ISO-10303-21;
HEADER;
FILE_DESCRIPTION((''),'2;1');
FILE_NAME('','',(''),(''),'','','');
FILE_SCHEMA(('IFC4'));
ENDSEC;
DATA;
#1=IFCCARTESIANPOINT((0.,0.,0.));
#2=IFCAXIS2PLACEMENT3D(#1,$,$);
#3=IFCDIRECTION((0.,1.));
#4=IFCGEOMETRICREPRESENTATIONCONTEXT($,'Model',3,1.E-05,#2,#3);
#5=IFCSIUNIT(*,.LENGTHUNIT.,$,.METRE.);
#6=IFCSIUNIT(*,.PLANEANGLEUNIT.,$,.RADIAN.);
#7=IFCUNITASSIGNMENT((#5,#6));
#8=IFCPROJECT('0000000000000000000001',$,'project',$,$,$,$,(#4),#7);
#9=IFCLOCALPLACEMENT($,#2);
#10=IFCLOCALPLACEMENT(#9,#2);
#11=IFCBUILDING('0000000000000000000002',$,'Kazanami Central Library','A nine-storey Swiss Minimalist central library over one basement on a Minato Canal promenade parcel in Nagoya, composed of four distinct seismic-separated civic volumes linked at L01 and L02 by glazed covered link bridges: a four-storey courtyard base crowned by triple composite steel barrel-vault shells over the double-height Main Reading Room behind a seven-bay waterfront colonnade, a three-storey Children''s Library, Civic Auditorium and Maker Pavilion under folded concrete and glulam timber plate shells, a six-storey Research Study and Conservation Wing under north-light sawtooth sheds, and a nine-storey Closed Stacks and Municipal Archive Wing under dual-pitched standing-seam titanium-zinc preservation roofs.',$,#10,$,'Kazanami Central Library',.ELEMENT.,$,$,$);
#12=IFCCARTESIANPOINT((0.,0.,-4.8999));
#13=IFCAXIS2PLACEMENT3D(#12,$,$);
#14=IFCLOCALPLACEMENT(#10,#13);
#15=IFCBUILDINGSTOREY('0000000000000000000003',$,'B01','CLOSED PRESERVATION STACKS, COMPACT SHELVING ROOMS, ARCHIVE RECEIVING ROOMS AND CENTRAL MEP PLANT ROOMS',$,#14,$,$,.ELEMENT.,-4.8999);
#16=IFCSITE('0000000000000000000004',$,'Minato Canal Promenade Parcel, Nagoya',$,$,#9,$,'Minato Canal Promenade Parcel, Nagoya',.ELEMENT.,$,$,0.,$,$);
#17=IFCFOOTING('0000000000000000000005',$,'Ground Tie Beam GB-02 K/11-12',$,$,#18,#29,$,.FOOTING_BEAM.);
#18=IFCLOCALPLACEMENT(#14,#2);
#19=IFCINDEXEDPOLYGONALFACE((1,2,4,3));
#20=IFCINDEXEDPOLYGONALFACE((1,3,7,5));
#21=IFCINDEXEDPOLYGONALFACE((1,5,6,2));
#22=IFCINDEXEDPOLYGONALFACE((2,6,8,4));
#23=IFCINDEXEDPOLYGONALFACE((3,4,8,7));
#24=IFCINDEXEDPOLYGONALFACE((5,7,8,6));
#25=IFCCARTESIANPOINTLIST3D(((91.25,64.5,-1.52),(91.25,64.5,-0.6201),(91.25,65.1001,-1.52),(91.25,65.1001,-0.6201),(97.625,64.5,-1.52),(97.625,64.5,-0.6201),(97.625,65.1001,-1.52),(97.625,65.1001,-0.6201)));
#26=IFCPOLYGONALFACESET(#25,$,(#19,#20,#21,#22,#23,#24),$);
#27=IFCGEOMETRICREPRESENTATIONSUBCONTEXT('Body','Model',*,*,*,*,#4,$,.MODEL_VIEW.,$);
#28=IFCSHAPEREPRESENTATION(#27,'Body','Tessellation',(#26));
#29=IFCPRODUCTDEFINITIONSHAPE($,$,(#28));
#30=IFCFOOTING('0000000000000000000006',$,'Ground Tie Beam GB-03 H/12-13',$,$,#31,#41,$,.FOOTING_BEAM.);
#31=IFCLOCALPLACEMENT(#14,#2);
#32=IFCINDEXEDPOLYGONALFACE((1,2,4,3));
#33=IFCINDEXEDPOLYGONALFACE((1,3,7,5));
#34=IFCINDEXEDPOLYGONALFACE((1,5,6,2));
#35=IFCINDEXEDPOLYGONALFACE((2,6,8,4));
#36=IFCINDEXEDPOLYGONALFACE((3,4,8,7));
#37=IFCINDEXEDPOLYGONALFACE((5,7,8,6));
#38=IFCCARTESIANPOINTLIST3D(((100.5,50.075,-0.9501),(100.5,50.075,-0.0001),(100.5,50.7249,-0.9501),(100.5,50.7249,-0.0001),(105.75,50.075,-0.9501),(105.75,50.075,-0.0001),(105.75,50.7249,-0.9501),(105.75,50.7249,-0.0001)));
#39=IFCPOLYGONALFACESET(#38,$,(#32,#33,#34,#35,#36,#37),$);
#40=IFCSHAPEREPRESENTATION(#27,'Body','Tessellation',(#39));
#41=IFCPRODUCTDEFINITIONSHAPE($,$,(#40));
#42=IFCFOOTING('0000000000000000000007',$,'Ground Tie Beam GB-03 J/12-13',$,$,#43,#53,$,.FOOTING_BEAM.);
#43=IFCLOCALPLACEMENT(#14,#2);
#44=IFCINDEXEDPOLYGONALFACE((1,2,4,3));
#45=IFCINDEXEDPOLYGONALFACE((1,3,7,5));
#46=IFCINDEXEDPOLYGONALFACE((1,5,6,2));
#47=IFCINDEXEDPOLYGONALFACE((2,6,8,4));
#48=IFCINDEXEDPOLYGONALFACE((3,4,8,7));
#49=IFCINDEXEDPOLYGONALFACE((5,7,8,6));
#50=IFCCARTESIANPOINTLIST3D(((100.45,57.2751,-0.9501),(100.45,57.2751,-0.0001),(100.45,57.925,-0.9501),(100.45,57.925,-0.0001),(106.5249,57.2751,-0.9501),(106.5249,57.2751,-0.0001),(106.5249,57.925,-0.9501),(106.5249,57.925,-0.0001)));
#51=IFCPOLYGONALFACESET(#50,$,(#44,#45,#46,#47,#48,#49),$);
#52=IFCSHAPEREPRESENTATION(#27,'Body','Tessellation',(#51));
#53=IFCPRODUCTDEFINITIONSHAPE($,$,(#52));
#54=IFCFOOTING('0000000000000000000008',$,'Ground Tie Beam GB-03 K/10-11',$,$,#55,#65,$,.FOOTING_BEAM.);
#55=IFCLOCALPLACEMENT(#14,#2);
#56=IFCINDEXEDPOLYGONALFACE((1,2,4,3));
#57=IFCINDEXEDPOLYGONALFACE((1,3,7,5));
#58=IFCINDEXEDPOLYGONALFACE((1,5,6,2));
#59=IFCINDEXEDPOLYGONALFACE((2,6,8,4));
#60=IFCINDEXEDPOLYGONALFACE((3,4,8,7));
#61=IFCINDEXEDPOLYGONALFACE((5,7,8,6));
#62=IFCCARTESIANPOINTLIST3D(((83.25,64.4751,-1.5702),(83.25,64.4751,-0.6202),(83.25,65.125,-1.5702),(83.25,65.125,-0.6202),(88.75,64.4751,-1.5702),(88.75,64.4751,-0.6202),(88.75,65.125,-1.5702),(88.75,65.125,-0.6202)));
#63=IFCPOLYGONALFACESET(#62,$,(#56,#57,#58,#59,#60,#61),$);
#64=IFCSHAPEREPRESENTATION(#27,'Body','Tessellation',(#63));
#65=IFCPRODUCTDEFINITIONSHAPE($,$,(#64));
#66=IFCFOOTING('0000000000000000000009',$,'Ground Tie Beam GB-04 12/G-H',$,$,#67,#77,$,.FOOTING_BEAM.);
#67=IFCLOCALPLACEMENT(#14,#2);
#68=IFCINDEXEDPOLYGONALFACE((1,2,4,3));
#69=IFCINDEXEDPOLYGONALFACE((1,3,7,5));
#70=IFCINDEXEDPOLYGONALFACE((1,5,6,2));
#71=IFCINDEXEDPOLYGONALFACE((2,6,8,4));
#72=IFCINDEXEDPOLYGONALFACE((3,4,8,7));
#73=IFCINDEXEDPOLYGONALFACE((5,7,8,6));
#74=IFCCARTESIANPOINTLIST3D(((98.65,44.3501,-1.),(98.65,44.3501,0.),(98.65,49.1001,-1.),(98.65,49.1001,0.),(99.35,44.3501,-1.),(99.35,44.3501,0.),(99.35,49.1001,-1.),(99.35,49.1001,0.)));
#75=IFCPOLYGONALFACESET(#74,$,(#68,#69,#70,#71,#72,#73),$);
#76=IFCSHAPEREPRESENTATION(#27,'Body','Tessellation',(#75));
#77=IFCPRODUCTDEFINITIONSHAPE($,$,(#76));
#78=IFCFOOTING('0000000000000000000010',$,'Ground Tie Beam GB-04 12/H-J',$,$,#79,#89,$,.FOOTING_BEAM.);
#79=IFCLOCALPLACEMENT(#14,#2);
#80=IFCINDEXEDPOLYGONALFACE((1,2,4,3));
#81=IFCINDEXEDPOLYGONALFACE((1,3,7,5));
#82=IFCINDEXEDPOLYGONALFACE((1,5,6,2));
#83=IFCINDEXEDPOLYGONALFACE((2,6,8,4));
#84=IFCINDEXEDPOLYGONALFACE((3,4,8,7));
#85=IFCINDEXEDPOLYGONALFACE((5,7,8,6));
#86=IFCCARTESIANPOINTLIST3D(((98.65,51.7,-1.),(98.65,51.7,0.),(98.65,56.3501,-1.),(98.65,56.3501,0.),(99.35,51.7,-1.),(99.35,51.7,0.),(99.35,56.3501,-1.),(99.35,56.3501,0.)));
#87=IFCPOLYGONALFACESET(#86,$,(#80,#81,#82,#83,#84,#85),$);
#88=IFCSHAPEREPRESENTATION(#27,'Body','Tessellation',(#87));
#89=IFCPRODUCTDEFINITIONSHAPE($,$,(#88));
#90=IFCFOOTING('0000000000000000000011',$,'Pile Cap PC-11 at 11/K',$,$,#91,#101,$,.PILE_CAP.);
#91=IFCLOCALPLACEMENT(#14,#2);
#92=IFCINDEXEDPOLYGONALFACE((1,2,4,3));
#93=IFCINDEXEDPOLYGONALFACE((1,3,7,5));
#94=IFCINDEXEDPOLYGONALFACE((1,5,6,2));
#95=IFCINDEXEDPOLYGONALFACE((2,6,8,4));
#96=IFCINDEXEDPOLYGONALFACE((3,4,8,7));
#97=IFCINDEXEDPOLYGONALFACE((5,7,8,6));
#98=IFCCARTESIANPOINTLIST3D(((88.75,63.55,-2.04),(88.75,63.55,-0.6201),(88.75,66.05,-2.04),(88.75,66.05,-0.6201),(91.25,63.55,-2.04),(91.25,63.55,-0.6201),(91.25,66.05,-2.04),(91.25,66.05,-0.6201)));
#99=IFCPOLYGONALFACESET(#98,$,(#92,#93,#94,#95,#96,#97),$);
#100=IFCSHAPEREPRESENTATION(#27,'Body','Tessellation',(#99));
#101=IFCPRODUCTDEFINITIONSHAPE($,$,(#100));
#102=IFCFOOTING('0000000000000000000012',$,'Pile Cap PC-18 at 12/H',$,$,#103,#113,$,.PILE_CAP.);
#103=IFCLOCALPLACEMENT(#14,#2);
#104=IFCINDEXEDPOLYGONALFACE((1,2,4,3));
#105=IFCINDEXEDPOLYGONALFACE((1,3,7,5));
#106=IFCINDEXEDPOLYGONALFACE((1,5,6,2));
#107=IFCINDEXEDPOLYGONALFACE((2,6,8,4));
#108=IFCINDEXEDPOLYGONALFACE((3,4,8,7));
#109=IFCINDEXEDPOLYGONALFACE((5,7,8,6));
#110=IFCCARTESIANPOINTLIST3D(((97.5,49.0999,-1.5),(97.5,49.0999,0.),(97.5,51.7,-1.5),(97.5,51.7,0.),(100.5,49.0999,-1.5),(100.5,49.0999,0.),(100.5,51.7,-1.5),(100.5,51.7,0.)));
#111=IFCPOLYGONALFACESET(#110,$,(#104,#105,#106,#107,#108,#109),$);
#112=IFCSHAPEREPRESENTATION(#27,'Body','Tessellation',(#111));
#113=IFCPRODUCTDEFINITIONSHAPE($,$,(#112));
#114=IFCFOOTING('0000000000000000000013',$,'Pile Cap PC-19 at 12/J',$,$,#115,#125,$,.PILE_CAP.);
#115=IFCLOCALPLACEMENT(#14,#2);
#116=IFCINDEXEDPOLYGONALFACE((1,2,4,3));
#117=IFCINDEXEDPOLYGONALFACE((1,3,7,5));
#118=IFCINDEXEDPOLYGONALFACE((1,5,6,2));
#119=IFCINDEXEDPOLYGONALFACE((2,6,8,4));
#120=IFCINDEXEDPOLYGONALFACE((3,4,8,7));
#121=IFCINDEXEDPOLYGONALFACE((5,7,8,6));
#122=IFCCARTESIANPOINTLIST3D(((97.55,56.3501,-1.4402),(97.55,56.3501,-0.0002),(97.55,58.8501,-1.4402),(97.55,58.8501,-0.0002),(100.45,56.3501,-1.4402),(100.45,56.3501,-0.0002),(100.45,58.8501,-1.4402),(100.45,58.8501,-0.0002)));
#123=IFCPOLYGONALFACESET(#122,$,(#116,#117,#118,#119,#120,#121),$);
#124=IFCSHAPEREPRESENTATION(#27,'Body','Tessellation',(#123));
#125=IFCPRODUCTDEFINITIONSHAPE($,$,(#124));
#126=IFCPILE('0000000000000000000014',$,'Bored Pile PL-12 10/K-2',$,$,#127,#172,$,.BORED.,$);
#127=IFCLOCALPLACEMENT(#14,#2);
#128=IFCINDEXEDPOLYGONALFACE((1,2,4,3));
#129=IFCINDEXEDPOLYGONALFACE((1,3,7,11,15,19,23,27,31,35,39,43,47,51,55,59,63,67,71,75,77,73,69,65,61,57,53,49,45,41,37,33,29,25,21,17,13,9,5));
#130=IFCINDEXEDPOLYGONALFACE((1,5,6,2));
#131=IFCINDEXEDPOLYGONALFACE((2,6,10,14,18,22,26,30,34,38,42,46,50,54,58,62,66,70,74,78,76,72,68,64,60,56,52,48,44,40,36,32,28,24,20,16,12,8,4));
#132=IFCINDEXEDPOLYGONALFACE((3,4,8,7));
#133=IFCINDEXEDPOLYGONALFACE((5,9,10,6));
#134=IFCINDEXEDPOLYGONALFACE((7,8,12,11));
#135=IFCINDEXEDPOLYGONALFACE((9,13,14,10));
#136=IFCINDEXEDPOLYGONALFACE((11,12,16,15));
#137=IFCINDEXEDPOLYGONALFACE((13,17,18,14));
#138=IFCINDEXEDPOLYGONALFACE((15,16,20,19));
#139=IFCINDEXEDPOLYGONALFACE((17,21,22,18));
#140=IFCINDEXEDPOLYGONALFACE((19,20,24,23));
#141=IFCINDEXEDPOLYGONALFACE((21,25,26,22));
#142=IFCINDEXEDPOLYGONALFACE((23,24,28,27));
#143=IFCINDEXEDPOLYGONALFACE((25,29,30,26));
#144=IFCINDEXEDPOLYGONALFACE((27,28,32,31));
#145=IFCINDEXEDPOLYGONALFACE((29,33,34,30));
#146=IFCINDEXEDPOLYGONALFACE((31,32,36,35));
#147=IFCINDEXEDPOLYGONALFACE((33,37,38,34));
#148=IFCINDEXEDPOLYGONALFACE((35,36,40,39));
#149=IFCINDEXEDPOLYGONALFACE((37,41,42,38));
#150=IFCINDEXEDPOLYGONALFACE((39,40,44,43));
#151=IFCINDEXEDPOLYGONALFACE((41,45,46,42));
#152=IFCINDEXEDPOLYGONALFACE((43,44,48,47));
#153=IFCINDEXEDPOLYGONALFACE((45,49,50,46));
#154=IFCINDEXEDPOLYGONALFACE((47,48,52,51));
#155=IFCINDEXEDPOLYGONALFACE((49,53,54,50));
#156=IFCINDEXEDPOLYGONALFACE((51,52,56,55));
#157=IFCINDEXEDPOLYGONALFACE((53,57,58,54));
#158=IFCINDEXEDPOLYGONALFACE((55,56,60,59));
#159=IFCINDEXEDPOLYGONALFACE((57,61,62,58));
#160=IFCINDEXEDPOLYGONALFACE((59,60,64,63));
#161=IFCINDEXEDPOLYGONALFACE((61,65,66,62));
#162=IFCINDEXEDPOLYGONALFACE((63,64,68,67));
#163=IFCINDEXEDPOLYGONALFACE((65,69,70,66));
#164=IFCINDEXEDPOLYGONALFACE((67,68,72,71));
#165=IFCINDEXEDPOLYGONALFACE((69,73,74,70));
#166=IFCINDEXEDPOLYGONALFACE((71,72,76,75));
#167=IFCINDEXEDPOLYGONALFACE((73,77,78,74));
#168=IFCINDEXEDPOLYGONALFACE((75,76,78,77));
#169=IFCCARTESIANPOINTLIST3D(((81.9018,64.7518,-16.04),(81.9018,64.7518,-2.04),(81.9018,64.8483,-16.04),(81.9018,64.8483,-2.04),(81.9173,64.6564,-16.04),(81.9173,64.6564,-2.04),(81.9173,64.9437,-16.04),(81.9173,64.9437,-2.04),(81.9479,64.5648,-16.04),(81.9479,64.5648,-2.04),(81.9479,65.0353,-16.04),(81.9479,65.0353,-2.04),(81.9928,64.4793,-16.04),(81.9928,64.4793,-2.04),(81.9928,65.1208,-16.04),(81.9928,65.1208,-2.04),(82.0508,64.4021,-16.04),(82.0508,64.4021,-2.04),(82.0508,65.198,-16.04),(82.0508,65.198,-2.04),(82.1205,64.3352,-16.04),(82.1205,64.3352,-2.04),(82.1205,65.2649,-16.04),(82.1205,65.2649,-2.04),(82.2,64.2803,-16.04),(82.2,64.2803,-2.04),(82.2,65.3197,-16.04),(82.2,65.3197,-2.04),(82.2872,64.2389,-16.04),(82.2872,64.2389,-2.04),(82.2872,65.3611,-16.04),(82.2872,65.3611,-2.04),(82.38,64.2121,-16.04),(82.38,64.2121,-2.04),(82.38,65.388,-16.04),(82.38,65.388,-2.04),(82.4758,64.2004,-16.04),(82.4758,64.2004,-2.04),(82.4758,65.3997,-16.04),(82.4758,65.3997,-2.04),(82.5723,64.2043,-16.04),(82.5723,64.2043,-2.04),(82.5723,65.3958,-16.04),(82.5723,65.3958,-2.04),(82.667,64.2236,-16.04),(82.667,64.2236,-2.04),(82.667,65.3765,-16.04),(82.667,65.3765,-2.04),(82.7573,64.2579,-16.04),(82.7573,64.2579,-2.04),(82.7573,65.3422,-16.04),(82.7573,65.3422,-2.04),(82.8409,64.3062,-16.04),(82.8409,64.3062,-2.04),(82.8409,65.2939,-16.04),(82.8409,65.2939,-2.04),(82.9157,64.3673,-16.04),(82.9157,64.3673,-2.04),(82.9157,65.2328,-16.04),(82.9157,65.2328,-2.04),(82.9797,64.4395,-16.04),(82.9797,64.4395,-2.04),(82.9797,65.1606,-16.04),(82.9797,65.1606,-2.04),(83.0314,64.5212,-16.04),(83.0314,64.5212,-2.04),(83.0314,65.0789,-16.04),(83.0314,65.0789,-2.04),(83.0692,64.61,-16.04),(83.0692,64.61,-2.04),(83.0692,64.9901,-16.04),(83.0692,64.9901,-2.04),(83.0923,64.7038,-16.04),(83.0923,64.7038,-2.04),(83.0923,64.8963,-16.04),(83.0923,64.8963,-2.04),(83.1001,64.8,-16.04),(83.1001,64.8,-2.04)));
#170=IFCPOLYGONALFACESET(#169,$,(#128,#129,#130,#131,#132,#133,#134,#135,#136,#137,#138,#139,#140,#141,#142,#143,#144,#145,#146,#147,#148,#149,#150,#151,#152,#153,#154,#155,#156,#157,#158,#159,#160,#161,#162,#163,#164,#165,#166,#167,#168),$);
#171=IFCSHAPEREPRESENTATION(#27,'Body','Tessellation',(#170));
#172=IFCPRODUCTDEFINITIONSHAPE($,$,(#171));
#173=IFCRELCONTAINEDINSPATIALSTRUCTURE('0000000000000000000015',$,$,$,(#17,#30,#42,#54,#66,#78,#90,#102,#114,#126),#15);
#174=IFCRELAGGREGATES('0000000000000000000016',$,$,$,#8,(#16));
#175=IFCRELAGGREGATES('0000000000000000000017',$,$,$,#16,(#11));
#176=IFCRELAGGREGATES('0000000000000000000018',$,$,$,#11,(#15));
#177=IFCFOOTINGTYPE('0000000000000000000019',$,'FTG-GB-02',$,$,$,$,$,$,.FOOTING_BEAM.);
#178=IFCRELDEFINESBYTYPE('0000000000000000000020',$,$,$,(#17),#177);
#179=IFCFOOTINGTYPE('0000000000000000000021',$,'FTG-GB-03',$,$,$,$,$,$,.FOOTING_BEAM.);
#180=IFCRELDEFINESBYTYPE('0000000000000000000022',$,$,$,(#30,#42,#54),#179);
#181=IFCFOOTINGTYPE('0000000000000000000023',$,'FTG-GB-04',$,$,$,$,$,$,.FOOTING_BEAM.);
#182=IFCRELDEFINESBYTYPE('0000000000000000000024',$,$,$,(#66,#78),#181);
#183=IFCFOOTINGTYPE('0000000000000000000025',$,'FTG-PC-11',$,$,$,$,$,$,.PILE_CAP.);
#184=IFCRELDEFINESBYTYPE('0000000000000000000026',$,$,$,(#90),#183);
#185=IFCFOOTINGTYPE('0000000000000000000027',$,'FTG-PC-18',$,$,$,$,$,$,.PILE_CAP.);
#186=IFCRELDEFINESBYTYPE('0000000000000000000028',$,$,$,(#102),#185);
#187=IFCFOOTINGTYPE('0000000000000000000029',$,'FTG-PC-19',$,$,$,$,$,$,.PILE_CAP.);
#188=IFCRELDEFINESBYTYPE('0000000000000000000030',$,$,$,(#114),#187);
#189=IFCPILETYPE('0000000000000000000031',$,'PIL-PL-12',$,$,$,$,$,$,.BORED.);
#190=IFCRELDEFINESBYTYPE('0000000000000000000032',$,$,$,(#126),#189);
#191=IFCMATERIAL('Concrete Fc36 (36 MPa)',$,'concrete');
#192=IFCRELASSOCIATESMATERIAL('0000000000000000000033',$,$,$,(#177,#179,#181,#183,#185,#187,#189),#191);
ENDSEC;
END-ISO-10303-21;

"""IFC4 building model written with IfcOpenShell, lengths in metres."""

from ifc_helpers import new_model, si_unit, direction, frame, origin, origin_2d, place, context, subcontext, project, spatial, rectangle, circle, extrude, material, material_profile, profile_set, type_object, element, save


model = new_model("IFC4")

# Units and contexts
model_context = context("Model", 3, precision=1e-05, world=origin(), true_north=direction((0.0, 1.0)))
body_context = subcontext(model_context, "Body", "Model", "MODEL_VIEW")
ifc_project = project(units=[si_unit("LENGTHUNIT", "METRE"), si_unit("PLANEANGLEUNIT", "RADIAN")], contexts=[model_context])

# Site, building, storey
site_placement = place(None, origin())
site = spatial("IfcSite", under=ifc_project, at=site_placement, Name="Minato Canal Promenade Parcel, Nagoya", LongName="Minato Canal Promenade Parcel, Nagoya", CompositionType="ELEMENT", RefElevation=0.0)
building_placement = place(site_placement, origin())
building = spatial("IfcBuilding", under=site, at=building_placement, Name="Kazanami Central Library", Description="A nine-storey Swiss Minimalist central library over one basement on a Minato Canal promenade parcel in Nagoya, composed of four distinct seismic-separated civic volumes linked at L01 and L02 by glazed covered link bridges: a four-storey courtyard base crowned by triple composite steel barrel-vault shells over the double-height Main Reading Room behind a seven-bay waterfront colonnade, a three-storey Children's Library, Civic Auditorium and Maker Pavilion under folded concrete and glulam timber plate shells, a six-storey Research Study and Conservation Wing under north-light sawtooth sheds, and a nine-storey Closed Stacks and Municipal Archive Wing under dual-pitched standing-seam titanium-zinc preservation roofs.", LongName="Kazanami Central Library", CompositionType="ELEMENT")
storey_placement = place(building_placement, frame((0.0, 0.0, -4.8999)))
storey = spatial("IfcBuildingStorey", under=building, at=storey_placement, Name="B01", Description="CLOSED PRESERVATION STACKS, COMPACT SHELVING ROOMS, ARCHIVE RECEIVING ROOMS AND CENTRAL MEP PLANT ROOMS", CompositionType="ELEMENT", Elevation=-4.8999)

# Footings
ifc_material_1 = material(Name="Concrete Fc36 (36 MPa)", Category="concrete")
ifc_material_profile_1 = material_profile(ifc_material_1, rectangle(XDim=0.6001, YDim=0.8999, at=origin_2d()), Name="RC-600x900")
ifc_profile_set_1 = profile_set([ifc_material_profile_1], Name="Concrete Fc36 (36 MPa)")
footing_type_1 = type_object("IfcFootingType", Name="FTG-GB-02", PredefinedType="FOOTING_BEAM", material=ifc_profile_set_1)
footing_1_placement = place(storey_placement, frame((91.25, 64.8, -1.0701), z_axis=(1.0, 0.0, 0.0), x_axis=(0.0, 1.0, 0.0)))
element("IfcFooting", 1, at=footing_1_placement, inside=storey, type_object=footing_type_1, Name="Ground Tie Beam GB-02 K/11-12", PredefinedType="FOOTING_BEAM", context=body_context, shape_type="SweptSolid", body=[
    extrude(rectangle(XDim=0.6001, YDim=0.8999, at=origin_2d()), origin(), (0.0, 0.0, 1.0), 6.375),
])
ifc_material_profile_2 = material_profile(ifc_material_1, rectangle(XDim=0.6499, YDim=0.95, at=origin_2d()), Name="RC-650x950")
ifc_profile_set_2 = profile_set([ifc_material_profile_2], Name="Concrete Fc36 (36 MPa)")
footing_type_2 = type_object("IfcFootingType", Name="FTG-GB-03", PredefinedType="FOOTING_BEAM", material=ifc_profile_set_2)
footing_2_placement = place(storey_placement, frame((100.5, 50.3999, -0.4751), z_axis=(1.0, 0.0, 0.0), x_axis=(0.0, 1.0, 0.0)))
element("IfcFooting", 2, at=footing_2_placement, inside=storey, type_object=footing_type_2, Name="Ground Tie Beam GB-03 H/12-13", PredefinedType="FOOTING_BEAM", context=body_context, shape_type="SweptSolid", body=[
    extrude(rectangle(XDim=0.6499, YDim=0.95, at=origin_2d()), origin(), (0.0, 0.0, 1.0), 5.25),
])
footing_3_placement = place(storey_placement, frame((100.45, 57.6001, -0.4751), z_axis=(1.0, 0.0, 0.0), x_axis=(0.0, 1.0, 0.0)))
element("IfcFooting", 3, at=footing_3_placement, inside=storey, type_object=footing_type_2, Name="Ground Tie Beam GB-03 J/12-13", PredefinedType="FOOTING_BEAM", context=body_context, shape_type="SweptSolid", body=[
    extrude(rectangle(XDim=0.6499, YDim=0.95, at=origin_2d()), origin(), (0.0, 0.0, 1.0), 6.075),
])
footing_4_placement = place(storey_placement, frame((83.25, 64.8, -1.0952), z_axis=(1.0, 0.0, 0.0), x_axis=(0.0, 1.0, 0.0)))
element("IfcFooting", 4, at=footing_4_placement, inside=storey, type_object=footing_type_2, Name="Ground Tie Beam GB-03 K/10-11", PredefinedType="FOOTING_BEAM", context=body_context, shape_type="SweptSolid", body=[
    extrude(rectangle(XDim=0.6499, YDim=0.95, at=origin_2d()), origin(), (0.0, 0.0, 1.0), 5.5),
])
ifc_material_profile_3 = material_profile(ifc_material_1, rectangle(XDim=0.7, YDim=1.0, at=origin_2d()), Name="RC-700x1000")
ifc_profile_set_3 = profile_set([ifc_material_profile_3], Name="Concrete Fc36 (36 MPa)")
footing_type_3 = type_object("IfcFootingType", Name="FTG-GB-04", PredefinedType="FOOTING_BEAM", material=ifc_profile_set_3)
footing_5_placement = place(storey_placement, frame((99.0, 44.3501, -0.5), z_axis=(0.0, 1.0, 0.0), x_axis=(-1.0, 0.0, 0.0)))
element("IfcFooting", 5, at=footing_5_placement, inside=storey, type_object=footing_type_3, Name="Ground Tie Beam GB-04 12/G-H", PredefinedType="FOOTING_BEAM", context=body_context, shape_type="SweptSolid", body=[
    extrude(rectangle(XDim=0.7, YDim=1.0, at=origin_2d()), origin(), (0.0, 0.0, 1.0), 4.75),
])
footing_6_placement = place(storey_placement, frame((99.0, 51.7, -0.5), z_axis=(0.0, 1.0, 0.0), x_axis=(-1.0, 0.0, 0.0)))
element("IfcFooting", 6, at=footing_6_placement, inside=storey, type_object=footing_type_3, Name="Ground Tie Beam GB-04 12/H-J", PredefinedType="FOOTING_BEAM", context=body_context, shape_type="SweptSolid", body=[
    extrude(rectangle(XDim=0.7, YDim=1.0, at=origin_2d()), origin(), (0.0, 0.0, 1.0), 4.6501),
])
footing_type_4 = type_object("IfcFootingType", Name="FTG-PC-11", PredefinedType="PILE_CAP", material=ifc_material_1)
footing_7_placement = place(storey_placement, frame((90.0, 64.8, -2.04), z_axis=(0.0, 0.0, 1.0), x_axis=(1.0, 0.0, 0.0)))
element("IfcFooting", 7, at=footing_7_placement, inside=storey, type_object=footing_type_4, Name="Pile Cap PC-11 at 11/K", PredefinedType="PILE_CAP", context=body_context, shape_type="SweptSolid", body=[
    extrude(rectangle(XDim=2.5, YDim=2.5, at=origin_2d()), origin(), (0.0, 0.0, 1.0), 1.4199),
])
footing_type_5 = type_object("IfcFootingType", Name="FTG-PC-18", PredefinedType="PILE_CAP", material=ifc_material_1)
footing_8_placement = place(storey_placement, frame((99.0, 50.3999, -1.5), z_axis=(0.0, 0.0, 1.0), x_axis=(1.0, 0.0, 0.0)))
element("IfcFooting", 8, at=footing_8_placement, inside=storey, type_object=footing_type_5, Name="Pile Cap PC-18 at 12/H", PredefinedType="PILE_CAP", context=body_context, shape_type="SweptSolid", body=[
    extrude(rectangle(XDim=3.0, YDim=2.6001, at=origin_2d()), origin(), (0.0, 0.0, 1.0), 1.5),
])
footing_type_6 = type_object("IfcFootingType", Name="FTG-PC-19", PredefinedType="PILE_CAP", material=ifc_material_1)
footing_9_placement = place(storey_placement, frame((99.0, 57.6001, -1.4402), z_axis=(0.0, 0.0, 1.0), x_axis=(1.0, 0.0, 0.0)))
element("IfcFooting", 9, at=footing_9_placement, inside=storey, type_object=footing_type_6, Name="Pile Cap PC-19 at 12/J", PredefinedType="PILE_CAP", context=body_context, shape_type="SweptSolid", body=[
    extrude(rectangle(XDim=2.8999, YDim=2.5, at=origin_2d()), origin(), (0.0, 0.0, 1.0), 1.4399),
])

# Pile
ifc_material_profile_4 = material_profile(ifc_material_1, circle(Radius=0.6001, at=origin_2d()), Name="BORED-D1200")
ifc_profile_set_4 = profile_set([ifc_material_profile_4], Name="Concrete Fc36 (36 MPa)")
pile_type_1 = type_object("IfcPileType", Name="PIL-PL-12", PredefinedType="BORED", material=ifc_profile_set_4)
pile_1_placement = place(storey_placement, frame((82.5, 64.8, -2.04), z_axis=(0.0, 0.0, -1.0), x_axis=(1.0, 0.0, 0.0)))
element("IfcPile", 10, at=pile_1_placement, inside=storey, type_object=pile_type_1, Name="Bored Pile PL-12 10/K-2", PredefinedType="BORED", context=body_context, shape_type="SweptSolid", body=[
    extrude(circle(Radius=0.6001, at=origin_2d()), origin(), (0.0, 0.0, 1.0), 14.0),
])

save(model, "model.ifc")
